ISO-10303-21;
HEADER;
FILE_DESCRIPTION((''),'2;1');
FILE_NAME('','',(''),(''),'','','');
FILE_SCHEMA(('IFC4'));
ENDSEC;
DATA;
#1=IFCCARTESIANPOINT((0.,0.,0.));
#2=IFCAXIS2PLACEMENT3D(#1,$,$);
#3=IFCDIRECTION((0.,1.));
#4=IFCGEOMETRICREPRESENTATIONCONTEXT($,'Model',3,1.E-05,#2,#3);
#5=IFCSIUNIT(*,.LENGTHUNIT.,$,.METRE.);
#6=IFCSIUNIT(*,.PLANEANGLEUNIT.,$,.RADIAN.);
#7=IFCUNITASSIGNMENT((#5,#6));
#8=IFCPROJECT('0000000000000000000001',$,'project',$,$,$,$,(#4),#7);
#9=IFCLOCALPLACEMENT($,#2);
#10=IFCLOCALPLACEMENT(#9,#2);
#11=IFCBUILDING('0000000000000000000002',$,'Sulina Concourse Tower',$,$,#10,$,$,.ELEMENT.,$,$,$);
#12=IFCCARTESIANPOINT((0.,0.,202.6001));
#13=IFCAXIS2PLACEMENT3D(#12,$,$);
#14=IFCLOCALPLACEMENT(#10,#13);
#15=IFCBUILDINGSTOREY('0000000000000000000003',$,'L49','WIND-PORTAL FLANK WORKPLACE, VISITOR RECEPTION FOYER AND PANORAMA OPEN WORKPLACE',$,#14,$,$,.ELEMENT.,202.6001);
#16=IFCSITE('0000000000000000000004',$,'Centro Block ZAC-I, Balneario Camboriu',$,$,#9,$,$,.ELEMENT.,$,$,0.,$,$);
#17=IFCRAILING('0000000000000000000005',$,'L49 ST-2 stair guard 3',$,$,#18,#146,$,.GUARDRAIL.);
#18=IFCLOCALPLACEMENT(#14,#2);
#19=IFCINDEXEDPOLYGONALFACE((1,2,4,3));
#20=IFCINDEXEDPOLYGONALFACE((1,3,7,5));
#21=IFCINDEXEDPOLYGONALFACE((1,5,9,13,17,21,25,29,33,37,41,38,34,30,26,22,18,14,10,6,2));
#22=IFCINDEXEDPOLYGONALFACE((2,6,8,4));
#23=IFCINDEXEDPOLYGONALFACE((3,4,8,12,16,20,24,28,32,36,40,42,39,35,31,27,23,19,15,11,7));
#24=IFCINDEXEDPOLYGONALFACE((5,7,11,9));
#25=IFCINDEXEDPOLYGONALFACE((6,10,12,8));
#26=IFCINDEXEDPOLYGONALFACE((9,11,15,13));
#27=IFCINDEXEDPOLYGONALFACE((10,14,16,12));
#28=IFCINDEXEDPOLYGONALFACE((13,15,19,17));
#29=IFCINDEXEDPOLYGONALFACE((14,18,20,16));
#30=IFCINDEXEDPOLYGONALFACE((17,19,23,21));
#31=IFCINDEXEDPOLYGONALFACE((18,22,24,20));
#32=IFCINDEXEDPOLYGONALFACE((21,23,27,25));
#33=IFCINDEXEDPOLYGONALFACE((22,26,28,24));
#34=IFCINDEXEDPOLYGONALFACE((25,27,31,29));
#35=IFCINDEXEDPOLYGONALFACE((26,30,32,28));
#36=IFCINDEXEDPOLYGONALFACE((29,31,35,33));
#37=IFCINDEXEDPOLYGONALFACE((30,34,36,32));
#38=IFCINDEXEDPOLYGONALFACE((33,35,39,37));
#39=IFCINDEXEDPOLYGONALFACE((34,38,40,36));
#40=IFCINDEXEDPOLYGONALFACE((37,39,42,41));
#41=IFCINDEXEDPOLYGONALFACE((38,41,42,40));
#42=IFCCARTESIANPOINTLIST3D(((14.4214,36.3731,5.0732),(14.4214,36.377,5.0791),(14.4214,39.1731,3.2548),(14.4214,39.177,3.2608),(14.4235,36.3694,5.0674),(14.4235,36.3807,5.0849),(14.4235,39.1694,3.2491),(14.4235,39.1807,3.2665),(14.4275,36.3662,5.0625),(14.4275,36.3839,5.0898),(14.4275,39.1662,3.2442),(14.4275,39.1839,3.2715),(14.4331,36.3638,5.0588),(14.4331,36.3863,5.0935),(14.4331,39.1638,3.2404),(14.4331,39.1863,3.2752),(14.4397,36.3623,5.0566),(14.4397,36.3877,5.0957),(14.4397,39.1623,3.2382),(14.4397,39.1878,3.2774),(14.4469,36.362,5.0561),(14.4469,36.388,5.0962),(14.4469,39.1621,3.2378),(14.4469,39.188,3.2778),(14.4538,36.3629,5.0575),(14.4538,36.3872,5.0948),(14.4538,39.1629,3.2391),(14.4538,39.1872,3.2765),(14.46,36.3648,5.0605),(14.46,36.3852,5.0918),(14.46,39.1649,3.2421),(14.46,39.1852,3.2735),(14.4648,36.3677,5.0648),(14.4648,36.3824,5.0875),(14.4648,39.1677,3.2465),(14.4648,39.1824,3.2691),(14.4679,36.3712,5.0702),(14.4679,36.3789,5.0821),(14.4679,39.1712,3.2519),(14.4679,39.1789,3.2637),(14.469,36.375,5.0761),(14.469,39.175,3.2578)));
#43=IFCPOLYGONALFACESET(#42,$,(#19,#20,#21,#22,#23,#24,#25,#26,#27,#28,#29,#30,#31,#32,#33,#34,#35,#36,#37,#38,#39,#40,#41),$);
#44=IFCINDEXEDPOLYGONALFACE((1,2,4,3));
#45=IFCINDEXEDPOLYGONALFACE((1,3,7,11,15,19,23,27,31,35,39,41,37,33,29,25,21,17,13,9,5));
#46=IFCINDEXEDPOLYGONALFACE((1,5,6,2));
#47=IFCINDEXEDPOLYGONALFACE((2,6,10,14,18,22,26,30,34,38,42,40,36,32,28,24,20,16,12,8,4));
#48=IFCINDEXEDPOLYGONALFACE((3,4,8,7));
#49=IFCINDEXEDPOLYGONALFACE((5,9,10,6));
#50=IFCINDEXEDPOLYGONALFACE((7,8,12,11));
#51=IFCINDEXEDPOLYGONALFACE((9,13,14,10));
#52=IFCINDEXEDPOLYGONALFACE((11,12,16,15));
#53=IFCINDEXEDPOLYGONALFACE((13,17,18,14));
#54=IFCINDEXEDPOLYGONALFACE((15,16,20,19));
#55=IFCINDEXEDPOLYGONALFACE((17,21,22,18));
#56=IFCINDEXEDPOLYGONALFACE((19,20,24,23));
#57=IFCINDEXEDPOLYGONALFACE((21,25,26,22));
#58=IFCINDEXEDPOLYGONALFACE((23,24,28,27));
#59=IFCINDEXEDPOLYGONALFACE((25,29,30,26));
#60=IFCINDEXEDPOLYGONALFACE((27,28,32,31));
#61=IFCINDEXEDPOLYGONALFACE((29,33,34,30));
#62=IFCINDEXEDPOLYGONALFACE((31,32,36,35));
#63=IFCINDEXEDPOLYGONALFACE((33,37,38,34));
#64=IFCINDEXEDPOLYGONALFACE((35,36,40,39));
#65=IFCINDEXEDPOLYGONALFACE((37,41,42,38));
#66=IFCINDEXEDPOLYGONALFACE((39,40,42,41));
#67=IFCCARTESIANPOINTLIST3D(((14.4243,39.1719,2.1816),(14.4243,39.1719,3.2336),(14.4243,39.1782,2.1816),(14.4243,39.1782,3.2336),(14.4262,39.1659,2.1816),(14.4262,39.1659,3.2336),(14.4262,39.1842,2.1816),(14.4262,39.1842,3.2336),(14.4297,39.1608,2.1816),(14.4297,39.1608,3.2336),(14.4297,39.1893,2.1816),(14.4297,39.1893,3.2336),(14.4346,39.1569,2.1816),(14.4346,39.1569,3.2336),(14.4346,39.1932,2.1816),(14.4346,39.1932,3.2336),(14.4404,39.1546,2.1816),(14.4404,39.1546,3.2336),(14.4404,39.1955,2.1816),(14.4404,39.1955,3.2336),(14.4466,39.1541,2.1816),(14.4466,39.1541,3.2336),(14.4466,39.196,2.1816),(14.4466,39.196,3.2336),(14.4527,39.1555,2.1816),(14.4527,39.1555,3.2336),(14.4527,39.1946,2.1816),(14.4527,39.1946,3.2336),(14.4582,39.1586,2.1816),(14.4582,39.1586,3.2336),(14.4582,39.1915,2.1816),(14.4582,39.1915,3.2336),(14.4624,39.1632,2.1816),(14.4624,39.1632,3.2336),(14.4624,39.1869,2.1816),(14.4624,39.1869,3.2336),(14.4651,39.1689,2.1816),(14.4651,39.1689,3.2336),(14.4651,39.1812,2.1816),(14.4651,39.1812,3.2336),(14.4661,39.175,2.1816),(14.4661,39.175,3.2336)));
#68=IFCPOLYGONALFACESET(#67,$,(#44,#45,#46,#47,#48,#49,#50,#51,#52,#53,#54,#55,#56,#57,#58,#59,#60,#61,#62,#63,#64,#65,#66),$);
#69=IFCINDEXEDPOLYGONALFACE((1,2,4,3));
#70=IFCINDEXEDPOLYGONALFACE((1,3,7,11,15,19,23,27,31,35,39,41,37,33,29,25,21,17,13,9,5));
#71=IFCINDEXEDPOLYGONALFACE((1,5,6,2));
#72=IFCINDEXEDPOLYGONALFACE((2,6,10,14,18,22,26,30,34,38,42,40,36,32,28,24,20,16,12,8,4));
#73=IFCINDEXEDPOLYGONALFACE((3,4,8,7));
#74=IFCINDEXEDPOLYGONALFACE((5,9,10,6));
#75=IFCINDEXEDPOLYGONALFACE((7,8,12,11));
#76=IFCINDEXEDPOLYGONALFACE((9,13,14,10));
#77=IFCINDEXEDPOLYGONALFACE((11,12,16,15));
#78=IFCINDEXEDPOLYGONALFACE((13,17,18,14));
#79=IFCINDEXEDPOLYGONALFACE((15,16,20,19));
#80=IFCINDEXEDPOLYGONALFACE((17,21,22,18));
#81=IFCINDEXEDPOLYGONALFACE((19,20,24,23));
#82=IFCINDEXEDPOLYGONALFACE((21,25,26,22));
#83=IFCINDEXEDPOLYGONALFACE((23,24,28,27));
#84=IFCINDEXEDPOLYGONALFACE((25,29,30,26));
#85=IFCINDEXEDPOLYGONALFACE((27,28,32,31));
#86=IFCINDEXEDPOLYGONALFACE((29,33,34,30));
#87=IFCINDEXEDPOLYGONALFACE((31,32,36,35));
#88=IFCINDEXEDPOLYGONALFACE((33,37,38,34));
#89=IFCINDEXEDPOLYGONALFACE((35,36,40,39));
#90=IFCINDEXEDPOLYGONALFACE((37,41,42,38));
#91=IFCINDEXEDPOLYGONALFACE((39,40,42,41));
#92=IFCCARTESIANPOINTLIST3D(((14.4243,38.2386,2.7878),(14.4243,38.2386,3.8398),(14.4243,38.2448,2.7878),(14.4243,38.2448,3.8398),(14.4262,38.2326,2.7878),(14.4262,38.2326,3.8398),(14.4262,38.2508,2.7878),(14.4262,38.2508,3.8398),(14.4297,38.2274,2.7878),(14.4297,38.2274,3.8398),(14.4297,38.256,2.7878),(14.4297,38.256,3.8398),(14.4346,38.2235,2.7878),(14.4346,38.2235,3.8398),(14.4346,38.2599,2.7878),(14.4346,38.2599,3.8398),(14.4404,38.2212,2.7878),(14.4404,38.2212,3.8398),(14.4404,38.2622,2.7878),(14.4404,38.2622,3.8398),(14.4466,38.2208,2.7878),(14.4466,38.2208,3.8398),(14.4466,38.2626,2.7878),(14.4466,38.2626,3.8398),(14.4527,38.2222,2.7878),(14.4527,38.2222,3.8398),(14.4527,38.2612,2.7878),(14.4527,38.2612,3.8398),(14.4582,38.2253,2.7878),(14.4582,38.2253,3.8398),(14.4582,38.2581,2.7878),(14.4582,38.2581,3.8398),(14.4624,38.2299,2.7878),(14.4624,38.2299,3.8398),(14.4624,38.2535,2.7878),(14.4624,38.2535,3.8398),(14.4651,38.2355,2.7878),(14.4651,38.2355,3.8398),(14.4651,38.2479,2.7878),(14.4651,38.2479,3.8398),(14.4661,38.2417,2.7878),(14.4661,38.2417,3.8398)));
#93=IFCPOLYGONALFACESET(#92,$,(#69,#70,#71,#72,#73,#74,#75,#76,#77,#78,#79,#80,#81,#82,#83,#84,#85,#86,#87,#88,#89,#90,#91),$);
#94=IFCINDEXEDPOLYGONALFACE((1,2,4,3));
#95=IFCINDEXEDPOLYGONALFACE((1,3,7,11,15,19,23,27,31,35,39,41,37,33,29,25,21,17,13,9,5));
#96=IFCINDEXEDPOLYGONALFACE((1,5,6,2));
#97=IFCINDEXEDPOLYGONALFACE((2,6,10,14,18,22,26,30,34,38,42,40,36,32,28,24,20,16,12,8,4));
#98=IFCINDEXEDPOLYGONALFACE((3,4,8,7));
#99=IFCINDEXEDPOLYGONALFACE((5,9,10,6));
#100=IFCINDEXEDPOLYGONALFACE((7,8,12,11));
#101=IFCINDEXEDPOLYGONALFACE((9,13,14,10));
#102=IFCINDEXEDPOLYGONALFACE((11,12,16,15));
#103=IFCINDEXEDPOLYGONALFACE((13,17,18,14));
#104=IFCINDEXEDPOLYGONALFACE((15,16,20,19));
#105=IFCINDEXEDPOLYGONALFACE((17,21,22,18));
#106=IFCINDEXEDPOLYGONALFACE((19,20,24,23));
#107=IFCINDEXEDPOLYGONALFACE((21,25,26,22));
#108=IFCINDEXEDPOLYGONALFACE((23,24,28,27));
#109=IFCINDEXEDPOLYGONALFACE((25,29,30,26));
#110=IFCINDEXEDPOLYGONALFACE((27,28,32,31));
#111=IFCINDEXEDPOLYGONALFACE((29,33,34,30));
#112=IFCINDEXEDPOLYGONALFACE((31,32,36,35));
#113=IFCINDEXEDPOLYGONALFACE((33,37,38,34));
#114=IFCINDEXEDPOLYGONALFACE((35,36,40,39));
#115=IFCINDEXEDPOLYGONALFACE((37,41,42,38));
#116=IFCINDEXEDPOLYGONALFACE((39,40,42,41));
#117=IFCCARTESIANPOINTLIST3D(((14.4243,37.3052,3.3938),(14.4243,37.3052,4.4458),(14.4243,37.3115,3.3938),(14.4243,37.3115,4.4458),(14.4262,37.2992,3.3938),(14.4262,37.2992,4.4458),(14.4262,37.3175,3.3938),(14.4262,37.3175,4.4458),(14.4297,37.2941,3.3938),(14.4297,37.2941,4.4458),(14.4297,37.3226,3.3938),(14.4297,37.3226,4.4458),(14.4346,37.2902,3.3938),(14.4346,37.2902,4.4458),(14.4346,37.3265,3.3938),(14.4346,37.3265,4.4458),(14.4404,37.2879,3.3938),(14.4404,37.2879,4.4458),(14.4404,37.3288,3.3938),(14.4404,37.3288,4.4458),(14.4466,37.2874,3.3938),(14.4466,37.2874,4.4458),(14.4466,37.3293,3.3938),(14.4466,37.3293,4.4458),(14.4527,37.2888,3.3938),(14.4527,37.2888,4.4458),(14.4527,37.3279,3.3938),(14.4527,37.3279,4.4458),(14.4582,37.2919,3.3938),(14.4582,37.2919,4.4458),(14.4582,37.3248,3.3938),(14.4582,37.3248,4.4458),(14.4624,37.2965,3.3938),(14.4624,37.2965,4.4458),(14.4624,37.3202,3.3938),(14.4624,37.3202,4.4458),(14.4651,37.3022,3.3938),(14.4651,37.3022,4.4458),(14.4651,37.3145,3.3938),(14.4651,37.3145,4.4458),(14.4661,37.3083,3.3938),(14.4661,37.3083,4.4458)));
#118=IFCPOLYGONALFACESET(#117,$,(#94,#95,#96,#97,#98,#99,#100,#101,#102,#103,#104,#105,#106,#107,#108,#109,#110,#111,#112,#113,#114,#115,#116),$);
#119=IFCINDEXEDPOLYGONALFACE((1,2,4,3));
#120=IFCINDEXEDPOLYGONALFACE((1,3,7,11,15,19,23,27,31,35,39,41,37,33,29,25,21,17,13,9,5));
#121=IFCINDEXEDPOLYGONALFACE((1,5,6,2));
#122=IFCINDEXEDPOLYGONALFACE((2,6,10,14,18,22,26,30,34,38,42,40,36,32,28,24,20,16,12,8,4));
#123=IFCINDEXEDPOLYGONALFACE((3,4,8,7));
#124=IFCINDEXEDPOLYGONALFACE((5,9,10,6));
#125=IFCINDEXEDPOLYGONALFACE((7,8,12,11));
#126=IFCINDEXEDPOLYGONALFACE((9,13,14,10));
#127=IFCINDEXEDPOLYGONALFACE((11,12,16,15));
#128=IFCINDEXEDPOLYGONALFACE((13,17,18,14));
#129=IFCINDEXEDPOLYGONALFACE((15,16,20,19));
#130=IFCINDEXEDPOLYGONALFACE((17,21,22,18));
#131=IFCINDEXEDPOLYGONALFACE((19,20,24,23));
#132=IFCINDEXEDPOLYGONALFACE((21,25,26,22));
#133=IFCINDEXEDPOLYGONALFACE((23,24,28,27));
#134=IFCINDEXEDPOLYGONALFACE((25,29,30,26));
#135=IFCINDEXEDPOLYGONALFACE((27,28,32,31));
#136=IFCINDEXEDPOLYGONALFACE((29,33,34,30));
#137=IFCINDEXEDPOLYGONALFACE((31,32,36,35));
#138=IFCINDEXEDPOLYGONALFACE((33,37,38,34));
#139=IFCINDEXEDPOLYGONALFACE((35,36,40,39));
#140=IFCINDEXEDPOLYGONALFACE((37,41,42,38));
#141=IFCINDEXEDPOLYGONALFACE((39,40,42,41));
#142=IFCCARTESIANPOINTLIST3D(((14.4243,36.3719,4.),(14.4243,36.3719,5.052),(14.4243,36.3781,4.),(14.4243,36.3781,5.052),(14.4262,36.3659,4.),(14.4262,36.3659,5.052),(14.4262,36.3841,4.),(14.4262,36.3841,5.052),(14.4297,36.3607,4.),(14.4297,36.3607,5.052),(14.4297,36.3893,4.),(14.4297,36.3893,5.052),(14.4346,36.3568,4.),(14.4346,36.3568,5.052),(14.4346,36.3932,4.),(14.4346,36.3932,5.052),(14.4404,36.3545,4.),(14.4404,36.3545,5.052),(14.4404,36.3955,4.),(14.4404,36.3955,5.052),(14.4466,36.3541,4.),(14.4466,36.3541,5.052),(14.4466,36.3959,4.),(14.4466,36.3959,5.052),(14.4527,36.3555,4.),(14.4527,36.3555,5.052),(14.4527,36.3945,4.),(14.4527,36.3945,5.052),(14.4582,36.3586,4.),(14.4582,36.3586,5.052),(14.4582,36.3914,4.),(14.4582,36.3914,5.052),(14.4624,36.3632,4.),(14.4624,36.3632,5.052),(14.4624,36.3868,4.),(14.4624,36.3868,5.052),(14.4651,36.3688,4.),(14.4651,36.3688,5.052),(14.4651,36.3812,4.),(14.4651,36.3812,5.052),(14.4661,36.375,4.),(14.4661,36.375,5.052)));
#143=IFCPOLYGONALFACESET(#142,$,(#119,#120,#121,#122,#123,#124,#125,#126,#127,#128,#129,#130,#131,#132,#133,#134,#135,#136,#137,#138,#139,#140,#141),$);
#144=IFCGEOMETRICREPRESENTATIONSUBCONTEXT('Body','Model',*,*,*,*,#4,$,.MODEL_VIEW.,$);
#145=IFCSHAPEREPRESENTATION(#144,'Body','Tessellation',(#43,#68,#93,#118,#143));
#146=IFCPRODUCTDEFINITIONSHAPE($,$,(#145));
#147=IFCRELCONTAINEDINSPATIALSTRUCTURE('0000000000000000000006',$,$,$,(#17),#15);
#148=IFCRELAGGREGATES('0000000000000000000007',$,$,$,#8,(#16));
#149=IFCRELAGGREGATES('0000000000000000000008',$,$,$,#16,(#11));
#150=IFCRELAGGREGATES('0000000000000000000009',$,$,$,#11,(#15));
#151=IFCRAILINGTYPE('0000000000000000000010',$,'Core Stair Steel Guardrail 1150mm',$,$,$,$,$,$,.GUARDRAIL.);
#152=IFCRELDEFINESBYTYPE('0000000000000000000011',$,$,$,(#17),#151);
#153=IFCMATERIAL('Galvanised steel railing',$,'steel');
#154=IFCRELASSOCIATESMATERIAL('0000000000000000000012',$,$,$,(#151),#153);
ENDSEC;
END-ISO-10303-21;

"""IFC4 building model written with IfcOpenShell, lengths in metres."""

from ifc_helpers import new_model, si_unit, direction, frame, origin, origin_2d, place, context, subcontext, project, spatial, circle, extrude, material, type_object, element, save


model = new_model("IFC4")

# Units and contexts
model_context = context("Model", 3, precision=1e-05, world=origin(), true_north=direction((0.0, 1.0)))
body_context = subcontext(model_context, "Body", "Model", "MODEL_VIEW")
ifc_project = project(units=[si_unit("LENGTHUNIT", "METRE"), si_unit("PLANEANGLEUNIT", "RADIAN")], contexts=[model_context])

# Site, building, storey
site_placement = place(None, origin())
site = spatial("IfcSite", under=ifc_project, at=site_placement, Name="Centro Block ZAC-I, Balneario Camboriu", CompositionType="ELEMENT", RefElevation=0.0)
building_placement = place(site_placement, origin())
building = spatial("IfcBuilding", under=site, at=building_placement, Name="Sulina Concourse Tower", CompositionType="ELEMENT")
storey_placement = place(building_placement, frame((0.0, 0.0, 202.6001)))
storey = spatial("IfcBuildingStorey", under=building, at=storey_placement, Name="L49", Description="WIND-PORTAL FLANK WORKPLACE, VISITOR RECEPTION FOYER AND PANORAMA OPEN WORKPLACE", CompositionType="ELEMENT", Elevation=202.6001)

# Railing
ifc_material_1 = material(Name="Galvanised steel railing", Category="steel")
railing_type_1 = type_object("IfcRailingType", Name="Core Stair Steel Guardrail 1150mm", PredefinedType="GUARDRAIL", material=ifc_material_1)
railing_1_placement = place(storey_placement, frame((14.4451, 39.175, 2.1816)))
element("IfcRailing", 1, at=railing_1_placement, inside=storey, type_object=railing_type_1, Name="L49 ST-2 stair guard 3", PredefinedType="GUARDRAIL", context=body_context, shape_type="SweptSolid", body=[
    extrude(circle(Radius=0.0239, at=origin_2d()), frame((0.0, 0.0, 1.0762), z_axis=(0.0, -0.838672, 0.544636), x_axis=(1.0, 0.0, 0.0)), (0.0, 0.0, 1.0), 3.3386),
    extrude(circle(Radius=0.021, at=origin_2d()), origin(), (0.0, 0.0, 1.0), 1.052),
    extrude(circle(Radius=0.021, at=origin_2d()), frame((0.0, -0.9333, 0.6062)), (0.0, 0.0, 1.0), 1.052),
    extrude(circle(Radius=0.021, at=origin_2d()), frame((0.0, -1.8667, 1.2122)), (0.0, 0.0, 1.0), 1.052),
    extrude(circle(Radius=0.021, at=origin_2d()), frame((0.0, -2.8, 1.8184)), (0.0, 0.0, 1.0), 1.052),
])

save(model, "model.ifc")
